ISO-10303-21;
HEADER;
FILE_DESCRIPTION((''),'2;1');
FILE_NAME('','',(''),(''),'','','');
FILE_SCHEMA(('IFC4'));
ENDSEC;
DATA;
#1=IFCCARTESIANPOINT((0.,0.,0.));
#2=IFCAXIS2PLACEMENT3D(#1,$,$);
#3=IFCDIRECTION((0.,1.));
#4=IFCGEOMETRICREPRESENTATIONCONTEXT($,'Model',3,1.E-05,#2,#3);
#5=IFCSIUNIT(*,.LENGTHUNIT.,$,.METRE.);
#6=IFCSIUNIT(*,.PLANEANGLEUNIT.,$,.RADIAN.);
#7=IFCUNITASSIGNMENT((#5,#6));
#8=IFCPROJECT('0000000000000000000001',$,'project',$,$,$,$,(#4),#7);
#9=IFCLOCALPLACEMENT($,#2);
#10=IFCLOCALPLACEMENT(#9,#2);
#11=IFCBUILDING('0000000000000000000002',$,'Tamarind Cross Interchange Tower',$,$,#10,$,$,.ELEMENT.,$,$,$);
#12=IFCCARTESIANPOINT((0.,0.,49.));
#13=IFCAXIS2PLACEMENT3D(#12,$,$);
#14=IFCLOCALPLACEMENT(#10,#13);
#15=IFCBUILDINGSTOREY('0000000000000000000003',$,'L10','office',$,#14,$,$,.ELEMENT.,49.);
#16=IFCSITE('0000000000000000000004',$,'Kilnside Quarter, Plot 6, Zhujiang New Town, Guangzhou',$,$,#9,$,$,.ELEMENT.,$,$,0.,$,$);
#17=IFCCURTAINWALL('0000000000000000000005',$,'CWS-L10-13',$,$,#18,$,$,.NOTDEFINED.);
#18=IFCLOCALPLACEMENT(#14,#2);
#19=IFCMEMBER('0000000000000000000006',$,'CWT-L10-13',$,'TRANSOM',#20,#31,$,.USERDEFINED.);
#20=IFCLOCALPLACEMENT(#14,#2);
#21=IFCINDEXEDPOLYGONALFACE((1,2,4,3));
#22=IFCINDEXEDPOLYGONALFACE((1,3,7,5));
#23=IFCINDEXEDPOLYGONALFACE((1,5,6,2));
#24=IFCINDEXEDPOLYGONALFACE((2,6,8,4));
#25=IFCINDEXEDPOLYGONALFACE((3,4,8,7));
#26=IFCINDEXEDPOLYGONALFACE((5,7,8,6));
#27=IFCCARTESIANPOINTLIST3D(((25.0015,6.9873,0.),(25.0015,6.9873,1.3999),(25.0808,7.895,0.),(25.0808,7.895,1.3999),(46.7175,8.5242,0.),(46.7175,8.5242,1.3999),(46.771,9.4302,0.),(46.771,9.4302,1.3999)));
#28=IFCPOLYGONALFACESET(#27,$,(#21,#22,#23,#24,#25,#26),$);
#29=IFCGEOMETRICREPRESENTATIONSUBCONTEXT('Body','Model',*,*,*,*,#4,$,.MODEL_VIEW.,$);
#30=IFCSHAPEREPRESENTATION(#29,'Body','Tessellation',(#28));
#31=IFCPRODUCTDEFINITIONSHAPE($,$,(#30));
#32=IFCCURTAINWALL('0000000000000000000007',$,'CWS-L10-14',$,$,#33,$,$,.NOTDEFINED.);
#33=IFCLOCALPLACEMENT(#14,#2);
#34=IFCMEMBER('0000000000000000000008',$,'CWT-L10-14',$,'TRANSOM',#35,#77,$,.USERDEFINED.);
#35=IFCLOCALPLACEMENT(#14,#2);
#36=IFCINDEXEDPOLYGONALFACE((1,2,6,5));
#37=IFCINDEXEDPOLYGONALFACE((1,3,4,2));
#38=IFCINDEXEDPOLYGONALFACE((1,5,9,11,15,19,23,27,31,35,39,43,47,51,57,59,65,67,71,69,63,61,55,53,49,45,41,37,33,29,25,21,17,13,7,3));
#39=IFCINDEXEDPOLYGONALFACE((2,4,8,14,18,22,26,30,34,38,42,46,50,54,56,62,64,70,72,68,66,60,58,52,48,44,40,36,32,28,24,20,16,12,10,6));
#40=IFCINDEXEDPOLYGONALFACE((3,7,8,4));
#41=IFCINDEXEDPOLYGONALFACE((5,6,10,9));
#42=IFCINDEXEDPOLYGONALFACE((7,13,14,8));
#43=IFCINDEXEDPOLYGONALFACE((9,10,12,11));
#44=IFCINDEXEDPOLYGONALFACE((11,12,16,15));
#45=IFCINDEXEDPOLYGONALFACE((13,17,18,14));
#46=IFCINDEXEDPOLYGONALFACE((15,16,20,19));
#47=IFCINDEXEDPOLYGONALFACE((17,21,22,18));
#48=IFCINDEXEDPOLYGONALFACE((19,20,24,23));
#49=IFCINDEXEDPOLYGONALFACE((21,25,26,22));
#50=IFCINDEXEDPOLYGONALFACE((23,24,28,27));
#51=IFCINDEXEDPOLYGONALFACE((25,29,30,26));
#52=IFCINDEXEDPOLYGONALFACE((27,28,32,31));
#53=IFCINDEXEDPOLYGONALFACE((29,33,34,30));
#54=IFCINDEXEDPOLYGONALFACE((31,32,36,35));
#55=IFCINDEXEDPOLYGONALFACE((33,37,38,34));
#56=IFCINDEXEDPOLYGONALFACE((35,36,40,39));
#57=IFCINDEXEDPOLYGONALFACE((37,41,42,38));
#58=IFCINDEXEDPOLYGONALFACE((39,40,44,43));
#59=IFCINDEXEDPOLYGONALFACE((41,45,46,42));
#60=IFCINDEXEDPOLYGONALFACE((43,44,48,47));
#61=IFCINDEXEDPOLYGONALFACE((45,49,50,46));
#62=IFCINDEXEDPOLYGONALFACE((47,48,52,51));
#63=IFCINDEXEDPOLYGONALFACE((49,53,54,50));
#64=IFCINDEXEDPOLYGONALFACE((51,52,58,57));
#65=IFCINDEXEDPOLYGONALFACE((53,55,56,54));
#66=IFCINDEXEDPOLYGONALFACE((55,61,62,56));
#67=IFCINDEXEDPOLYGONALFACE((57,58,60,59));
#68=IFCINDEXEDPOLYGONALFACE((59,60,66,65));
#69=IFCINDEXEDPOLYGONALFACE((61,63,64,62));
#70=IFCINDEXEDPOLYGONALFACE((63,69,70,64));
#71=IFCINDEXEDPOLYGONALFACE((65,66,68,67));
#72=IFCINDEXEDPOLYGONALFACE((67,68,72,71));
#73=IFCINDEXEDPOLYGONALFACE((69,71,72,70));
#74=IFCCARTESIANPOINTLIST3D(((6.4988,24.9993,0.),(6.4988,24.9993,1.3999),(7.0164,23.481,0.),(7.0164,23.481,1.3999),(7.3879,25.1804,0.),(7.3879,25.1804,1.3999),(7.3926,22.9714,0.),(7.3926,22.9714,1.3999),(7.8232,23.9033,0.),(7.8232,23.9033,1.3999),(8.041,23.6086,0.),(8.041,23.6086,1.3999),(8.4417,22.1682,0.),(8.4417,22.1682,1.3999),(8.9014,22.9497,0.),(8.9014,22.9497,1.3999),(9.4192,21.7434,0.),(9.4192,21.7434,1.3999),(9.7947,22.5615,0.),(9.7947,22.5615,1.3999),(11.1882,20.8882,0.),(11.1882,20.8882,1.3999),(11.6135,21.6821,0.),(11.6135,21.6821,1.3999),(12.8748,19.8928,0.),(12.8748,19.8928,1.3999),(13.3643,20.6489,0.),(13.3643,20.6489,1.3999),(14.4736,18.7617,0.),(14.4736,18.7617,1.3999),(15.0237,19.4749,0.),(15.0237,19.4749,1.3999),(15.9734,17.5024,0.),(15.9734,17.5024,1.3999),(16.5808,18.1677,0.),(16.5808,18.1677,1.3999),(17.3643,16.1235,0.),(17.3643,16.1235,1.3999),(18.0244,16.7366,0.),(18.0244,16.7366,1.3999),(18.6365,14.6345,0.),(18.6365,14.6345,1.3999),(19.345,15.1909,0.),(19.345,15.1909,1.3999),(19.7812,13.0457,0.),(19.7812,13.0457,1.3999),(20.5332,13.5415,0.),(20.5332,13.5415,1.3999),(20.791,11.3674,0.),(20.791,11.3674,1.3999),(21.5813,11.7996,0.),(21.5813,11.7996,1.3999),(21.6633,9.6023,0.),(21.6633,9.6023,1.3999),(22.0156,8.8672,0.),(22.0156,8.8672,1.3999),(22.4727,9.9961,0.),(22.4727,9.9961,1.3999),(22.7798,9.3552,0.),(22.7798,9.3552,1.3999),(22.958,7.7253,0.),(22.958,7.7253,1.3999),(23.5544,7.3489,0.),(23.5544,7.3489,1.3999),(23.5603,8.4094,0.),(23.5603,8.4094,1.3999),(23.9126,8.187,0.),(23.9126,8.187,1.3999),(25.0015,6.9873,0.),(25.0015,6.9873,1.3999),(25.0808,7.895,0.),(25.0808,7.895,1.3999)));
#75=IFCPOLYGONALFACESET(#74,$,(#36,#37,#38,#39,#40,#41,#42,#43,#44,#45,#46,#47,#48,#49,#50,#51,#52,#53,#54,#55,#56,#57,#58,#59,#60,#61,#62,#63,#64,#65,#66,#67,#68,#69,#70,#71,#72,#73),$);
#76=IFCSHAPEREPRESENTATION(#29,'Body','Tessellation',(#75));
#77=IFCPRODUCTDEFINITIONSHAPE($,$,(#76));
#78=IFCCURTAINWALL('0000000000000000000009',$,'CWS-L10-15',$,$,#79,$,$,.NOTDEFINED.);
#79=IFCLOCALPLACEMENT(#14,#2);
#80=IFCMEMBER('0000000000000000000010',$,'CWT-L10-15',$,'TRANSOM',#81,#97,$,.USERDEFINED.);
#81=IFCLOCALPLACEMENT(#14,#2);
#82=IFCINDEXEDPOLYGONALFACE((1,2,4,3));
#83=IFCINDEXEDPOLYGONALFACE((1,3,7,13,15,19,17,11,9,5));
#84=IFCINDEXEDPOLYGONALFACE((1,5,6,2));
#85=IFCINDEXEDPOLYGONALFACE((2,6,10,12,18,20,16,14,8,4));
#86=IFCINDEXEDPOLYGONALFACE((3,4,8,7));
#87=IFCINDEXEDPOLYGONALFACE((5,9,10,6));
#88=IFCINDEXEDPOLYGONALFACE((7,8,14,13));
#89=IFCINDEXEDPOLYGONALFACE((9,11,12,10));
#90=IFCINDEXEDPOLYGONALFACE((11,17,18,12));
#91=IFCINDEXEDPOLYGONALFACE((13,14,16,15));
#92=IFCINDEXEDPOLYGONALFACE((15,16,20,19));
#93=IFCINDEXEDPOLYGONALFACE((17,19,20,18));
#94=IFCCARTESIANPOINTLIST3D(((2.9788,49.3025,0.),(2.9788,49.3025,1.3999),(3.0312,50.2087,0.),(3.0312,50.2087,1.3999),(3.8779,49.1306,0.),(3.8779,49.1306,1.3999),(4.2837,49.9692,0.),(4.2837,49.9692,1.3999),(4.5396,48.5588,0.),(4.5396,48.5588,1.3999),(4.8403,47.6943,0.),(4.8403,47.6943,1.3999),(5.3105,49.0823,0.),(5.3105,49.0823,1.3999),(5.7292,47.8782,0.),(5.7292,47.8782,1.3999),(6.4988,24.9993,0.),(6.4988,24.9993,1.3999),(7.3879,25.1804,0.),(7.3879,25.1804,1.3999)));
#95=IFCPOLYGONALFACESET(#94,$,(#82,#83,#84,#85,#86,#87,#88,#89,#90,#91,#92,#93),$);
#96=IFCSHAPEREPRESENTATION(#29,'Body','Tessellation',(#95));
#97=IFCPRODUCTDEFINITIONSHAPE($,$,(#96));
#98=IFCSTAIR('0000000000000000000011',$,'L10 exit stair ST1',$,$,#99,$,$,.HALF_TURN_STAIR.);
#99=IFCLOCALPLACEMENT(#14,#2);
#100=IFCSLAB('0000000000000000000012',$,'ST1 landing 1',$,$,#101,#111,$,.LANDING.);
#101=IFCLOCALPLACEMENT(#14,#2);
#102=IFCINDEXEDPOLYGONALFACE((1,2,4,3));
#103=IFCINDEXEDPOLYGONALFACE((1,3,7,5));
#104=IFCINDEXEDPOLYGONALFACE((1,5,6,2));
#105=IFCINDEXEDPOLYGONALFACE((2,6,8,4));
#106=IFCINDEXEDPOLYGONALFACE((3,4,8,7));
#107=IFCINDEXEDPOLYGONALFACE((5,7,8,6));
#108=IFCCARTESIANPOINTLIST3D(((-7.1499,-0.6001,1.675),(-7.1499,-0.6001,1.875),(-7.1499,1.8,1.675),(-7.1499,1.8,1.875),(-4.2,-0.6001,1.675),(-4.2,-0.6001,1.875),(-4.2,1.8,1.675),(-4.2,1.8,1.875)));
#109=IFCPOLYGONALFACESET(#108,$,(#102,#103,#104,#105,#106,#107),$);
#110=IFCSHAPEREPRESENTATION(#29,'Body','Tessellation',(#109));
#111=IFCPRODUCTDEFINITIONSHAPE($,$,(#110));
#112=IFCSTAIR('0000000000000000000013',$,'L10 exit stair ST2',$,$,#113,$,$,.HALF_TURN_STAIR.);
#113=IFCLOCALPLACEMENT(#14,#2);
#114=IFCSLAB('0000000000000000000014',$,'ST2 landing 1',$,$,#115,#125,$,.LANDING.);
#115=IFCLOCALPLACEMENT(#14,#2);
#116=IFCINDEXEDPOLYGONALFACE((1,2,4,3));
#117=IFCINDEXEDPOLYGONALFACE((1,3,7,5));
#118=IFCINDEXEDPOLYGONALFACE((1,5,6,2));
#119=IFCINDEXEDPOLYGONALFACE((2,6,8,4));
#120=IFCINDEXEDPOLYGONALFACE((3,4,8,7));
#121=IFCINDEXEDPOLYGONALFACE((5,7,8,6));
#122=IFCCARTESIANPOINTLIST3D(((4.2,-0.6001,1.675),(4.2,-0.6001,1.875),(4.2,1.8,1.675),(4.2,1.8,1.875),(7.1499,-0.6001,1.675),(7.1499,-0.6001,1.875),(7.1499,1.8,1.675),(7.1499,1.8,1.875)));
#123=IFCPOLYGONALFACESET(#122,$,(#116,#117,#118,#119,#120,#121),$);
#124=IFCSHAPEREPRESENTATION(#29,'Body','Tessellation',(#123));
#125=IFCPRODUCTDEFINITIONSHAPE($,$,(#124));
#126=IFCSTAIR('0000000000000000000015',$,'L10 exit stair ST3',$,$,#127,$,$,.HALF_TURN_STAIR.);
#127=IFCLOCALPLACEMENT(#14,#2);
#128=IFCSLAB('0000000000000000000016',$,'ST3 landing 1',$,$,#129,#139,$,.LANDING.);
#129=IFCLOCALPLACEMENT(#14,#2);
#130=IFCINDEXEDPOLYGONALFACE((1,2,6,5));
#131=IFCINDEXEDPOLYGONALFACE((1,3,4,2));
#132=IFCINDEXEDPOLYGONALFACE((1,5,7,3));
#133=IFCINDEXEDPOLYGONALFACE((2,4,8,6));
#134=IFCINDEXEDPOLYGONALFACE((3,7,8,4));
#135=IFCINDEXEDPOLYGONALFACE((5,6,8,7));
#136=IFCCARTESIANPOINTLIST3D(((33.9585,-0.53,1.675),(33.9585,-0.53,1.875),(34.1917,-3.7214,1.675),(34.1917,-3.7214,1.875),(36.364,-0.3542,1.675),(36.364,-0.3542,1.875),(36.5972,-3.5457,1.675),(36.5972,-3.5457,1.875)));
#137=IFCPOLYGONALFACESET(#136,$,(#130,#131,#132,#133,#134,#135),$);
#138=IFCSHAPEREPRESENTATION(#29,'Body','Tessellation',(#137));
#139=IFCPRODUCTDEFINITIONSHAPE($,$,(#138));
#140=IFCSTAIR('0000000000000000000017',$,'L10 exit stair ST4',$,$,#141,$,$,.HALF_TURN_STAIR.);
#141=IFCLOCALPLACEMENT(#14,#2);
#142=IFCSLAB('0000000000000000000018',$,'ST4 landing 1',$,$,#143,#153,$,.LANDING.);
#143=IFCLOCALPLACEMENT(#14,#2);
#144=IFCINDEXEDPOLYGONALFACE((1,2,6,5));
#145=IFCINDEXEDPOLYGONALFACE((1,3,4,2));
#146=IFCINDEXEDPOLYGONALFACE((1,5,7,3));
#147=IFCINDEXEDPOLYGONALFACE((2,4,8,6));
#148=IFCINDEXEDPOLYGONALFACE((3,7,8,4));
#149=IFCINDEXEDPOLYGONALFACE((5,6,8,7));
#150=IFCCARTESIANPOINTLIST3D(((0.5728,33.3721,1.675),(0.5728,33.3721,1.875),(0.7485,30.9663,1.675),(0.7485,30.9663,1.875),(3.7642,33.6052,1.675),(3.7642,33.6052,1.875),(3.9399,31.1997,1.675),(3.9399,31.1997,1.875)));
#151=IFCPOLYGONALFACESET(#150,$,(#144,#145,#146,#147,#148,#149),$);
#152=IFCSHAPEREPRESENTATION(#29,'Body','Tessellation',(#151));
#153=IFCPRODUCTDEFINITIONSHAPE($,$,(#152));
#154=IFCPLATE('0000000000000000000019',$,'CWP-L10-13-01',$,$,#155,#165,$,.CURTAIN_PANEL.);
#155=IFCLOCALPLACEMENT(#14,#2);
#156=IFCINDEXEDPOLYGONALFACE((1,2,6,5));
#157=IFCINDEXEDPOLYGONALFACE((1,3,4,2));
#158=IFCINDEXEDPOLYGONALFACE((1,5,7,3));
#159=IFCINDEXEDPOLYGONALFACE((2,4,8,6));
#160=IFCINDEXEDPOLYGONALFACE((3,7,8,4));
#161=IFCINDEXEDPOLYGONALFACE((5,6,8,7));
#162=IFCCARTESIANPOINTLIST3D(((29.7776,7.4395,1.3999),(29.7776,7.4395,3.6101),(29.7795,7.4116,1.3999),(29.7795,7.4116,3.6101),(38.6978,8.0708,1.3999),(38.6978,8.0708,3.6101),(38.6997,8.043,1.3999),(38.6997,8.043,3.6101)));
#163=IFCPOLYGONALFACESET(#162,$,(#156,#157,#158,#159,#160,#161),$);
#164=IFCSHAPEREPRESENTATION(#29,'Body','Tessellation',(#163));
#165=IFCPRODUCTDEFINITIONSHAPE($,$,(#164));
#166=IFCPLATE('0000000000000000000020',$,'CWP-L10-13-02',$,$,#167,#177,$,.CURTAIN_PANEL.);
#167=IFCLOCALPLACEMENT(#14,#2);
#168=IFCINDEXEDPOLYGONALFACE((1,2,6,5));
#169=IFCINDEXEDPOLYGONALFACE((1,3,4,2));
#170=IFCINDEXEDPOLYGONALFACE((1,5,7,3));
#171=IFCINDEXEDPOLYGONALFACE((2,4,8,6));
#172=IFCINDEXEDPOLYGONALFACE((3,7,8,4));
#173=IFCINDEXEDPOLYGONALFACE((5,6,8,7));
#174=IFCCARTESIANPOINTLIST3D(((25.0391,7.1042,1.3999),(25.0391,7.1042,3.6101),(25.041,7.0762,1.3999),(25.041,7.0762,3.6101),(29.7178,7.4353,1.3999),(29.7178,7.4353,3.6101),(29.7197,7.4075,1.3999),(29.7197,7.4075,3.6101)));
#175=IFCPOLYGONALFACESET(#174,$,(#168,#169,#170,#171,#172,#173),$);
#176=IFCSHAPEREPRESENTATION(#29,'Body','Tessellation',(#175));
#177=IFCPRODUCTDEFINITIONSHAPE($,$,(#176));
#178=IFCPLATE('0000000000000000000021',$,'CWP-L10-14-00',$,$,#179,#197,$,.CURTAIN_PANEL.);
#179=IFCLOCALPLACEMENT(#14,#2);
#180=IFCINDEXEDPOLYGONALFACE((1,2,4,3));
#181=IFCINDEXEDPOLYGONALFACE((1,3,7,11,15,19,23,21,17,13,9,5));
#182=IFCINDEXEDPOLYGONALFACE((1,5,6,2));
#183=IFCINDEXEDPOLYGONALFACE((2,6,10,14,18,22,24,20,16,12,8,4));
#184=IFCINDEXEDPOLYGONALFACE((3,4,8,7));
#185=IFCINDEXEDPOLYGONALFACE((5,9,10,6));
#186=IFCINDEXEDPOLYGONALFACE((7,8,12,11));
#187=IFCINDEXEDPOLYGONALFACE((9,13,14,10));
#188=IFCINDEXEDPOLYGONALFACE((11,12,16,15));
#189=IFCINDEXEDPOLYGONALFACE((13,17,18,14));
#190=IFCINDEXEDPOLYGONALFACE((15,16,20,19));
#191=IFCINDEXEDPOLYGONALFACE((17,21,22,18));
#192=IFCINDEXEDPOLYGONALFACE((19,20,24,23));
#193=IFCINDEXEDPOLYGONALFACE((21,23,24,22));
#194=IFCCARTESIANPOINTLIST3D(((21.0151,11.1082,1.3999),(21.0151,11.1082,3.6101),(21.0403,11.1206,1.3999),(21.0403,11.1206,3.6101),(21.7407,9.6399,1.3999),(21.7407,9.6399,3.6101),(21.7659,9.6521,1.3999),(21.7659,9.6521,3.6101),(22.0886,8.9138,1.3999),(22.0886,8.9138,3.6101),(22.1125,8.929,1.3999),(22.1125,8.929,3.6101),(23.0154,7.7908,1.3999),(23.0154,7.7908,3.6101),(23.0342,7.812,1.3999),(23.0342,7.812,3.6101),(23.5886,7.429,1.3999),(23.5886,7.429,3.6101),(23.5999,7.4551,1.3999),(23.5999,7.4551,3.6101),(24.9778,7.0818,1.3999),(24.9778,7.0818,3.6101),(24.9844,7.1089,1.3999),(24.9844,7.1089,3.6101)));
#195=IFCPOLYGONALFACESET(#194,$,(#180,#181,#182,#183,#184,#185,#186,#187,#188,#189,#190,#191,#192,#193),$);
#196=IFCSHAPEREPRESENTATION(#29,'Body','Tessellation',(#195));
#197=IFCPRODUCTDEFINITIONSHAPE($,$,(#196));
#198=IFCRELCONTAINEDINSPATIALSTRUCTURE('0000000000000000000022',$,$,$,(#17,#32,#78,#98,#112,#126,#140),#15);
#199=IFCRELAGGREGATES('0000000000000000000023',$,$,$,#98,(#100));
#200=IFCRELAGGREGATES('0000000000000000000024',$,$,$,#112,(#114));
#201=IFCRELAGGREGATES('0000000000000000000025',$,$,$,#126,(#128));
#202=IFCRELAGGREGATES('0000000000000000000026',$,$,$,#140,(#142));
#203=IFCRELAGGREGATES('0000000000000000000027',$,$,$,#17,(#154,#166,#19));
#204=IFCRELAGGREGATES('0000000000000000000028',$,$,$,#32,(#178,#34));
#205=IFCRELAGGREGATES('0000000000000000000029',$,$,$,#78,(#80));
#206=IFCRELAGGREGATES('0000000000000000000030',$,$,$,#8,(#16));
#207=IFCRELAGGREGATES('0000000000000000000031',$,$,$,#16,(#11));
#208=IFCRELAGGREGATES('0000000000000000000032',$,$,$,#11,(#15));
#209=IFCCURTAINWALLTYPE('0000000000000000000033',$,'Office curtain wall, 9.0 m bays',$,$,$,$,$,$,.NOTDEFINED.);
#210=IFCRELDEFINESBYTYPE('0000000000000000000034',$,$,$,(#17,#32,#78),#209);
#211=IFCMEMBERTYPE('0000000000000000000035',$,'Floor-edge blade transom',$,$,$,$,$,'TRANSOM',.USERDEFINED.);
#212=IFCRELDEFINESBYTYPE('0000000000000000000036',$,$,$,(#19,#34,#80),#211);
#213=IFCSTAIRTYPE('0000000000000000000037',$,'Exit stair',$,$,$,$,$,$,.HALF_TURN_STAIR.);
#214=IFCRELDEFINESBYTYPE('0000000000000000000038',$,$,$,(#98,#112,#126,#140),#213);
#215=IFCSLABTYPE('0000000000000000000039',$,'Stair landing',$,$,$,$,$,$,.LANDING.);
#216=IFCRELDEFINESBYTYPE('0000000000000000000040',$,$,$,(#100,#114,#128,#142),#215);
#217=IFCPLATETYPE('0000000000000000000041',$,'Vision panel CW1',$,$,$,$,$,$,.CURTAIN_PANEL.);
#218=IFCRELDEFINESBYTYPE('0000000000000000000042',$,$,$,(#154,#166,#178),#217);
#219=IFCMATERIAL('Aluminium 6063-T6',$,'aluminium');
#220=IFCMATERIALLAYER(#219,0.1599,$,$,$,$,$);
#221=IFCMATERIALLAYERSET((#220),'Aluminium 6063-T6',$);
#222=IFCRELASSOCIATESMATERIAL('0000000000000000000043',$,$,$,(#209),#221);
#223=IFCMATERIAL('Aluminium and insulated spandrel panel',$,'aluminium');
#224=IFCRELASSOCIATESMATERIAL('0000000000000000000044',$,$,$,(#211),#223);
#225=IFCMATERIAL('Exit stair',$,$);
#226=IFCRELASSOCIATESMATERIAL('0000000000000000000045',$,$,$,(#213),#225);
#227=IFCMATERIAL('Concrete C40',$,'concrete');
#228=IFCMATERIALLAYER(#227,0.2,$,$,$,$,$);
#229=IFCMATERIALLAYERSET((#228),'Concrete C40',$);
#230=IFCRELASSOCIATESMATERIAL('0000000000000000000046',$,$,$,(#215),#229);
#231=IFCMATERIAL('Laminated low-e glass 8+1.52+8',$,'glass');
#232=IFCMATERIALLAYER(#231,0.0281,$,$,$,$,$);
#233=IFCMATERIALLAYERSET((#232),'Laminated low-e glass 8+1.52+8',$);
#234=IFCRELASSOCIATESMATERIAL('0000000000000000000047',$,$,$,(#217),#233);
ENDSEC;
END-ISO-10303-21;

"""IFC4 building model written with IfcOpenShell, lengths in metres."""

from ifc_helpers import new_model, si_unit, direction, frame, origin, place, context, subcontext, project, spatial, polyline, outline, extrude, material, layer, layer_set, type_object, element, aggregate, save


model = new_model("IFC4")

# Units and contexts
model_context = context("Model", 3, precision=1e-05, world=origin(), true_north=direction((0.0, 1.0)))
body_context = subcontext(model_context, "Body", "Model", "MODEL_VIEW")
ifc_project = project(units=[si_unit("LENGTHUNIT", "METRE"), si_unit("PLANEANGLEUNIT", "RADIAN")], contexts=[model_context])

# Site, building, storey
site_placement = place(None, origin())
site = spatial("IfcSite", under=ifc_project, at=site_placement, Name="Kilnside Quarter, Plot 6, Zhujiang New Town, Guangzhou", CompositionType="ELEMENT", RefElevation=0.0)
building_placement = place(site_placement, origin())
building = spatial("IfcBuilding", under=site, at=building_placement, Name="Tamarind Cross Interchange Tower", CompositionType="ELEMENT")
storey_placement = place(building_placement, frame((0.0, 0.0, 49.0)))
storey = spatial("IfcBuildingStorey", under=building, at=storey_placement, Name="L10", Description="office", CompositionType="ELEMENT", Elevation=49.0)

# Curtain walls, members
ifc_material_1 = material(Name="Aluminium 6063-T6", Category="aluminium")
ifc_layer_1 = layer(ifc_material_1, 0.1599)
ifc_layer_set_1 = layer_set([ifc_layer_1], Name="Aluminium 6063-T6")
curtain_wall_type = type_object("IfcCurtainWallType", Name="Office curtain wall, 9.0 m bays", PredefinedType="NOTDEFINED", material=ifc_layer_set_1)
curtain_wall_1_placement = place(storey_placement, origin())
curtain_wall_1 = element("IfcCurtainWall", 1, at=curtain_wall_1_placement, inside=storey, type_object=curtain_wall_type, Name="CWS-L10-13", PredefinedType="NOTDEFINED")
ifc_material_2 = material(Name="Aluminium and insulated spandrel panel", Category="aluminium")
member_type = type_object("IfcMemberType", Name="Floor-edge blade transom", ElementType="TRANSOM", PredefinedType="USERDEFINED", material=ifc_material_2)
member_1_placement = place(storey_placement, origin())
member_1 = element("IfcMember", 2, at=member_1_placement, type_object=member_type, Name="CWT-L10-13", ObjectType="TRANSOM", PredefinedType="USERDEFINED", context=body_context, shape_type="SweptSolid", body=[
    extrude(outline(polyline([(46.7175, 8.5242), (25.0015, 6.9873), (25.0808, 7.895), (46.771, 9.4302), (46.7175, 8.5242)])), origin(), (0.0, 0.0, 1.0), 1.3999),
])
curtain_wall_2_placement = place(storey_placement, origin())
curtain_wall_2 = element("IfcCurtainWall", 3, at=curtain_wall_2_placement, inside=storey, type_object=curtain_wall_type, Name="CWS-L10-14", PredefinedType="NOTDEFINED")
member_2_placement = place(storey_placement, origin())
member_2 = element("IfcMember", 4, at=member_2_placement, type_object=member_type, Name="CWT-L10-14", ObjectType="TRANSOM", PredefinedType="USERDEFINED", context=body_context, shape_type="SweptSolid", body=[
    extrude(outline(polyline([(25.0015, 6.9873), (23.5544, 7.3489), (22.958, 7.7253), (22.0156, 8.8672), (21.6633, 9.6023), (20.791, 11.3674), (19.7812, 13.0457), (18.6365, 14.6345), (17.3643, 16.1235), (15.9734, 17.5024), (14.4736, 18.7617), (12.8748, 19.8928), (11.1882, 20.8882), (9.4192, 21.7434), (8.4417, 22.1682), (7.3926, 22.9714), (7.0164, 23.481), (6.4988, 24.9993), (7.3879, 25.1804), (7.8232, 23.9033), (8.041, 23.6086), (8.9014, 22.9497), (9.7947, 22.5615), (11.6135, 21.6821), (13.3643, 20.6489), (15.0237, 19.4749), (16.5808, 18.1677), (18.0244, 16.7366), (19.345, 15.1909), (20.5332, 13.5415), (21.5813, 11.7996), (22.4727, 9.9961), (22.7798, 9.3552), (23.5603, 8.4094), (23.9126, 8.187), (25.0808, 7.895), (25.0015, 6.9873)])), origin(), (0.0, 0.0, 1.0), 1.3999),
])
curtain_wall_3_placement = place(storey_placement, origin())
curtain_wall_3 = element("IfcCurtainWall", 5, at=curtain_wall_3_placement, inside=storey, type_object=curtain_wall_type, Name="CWS-L10-15", PredefinedType="NOTDEFINED")
member_3_placement = place(storey_placement, origin())
member_3 = element("IfcMember", 6, at=member_3_placement, type_object=member_type, Name="CWT-L10-15", ObjectType="TRANSOM", PredefinedType="USERDEFINED", context=body_context, shape_type="SweptSolid", body=[
    extrude(outline(polyline([(6.4988, 24.9993), (4.8403, 47.6943), (4.5396, 48.5588), (3.8779, 49.1306), (2.9788, 49.3025), (3.0312, 50.2087), (4.2837, 49.9692), (5.3105, 49.0823), (5.7292, 47.8782), (7.3879, 25.1804), (6.4988, 24.9993)])), origin(), (0.0, 0.0, 1.0), 1.3999),
])

# Stairs, slabs
ifc_material_3 = material(Name="Exit stair")
stair_type = type_object("IfcStairType", Name="Exit stair", PredefinedType="HALF_TURN_STAIR", material=ifc_material_3)
stair_1_placement = place(storey_placement, origin())
stair_1 = element("IfcStair", 7, at=stair_1_placement, inside=storey, type_object=stair_type, Name="L10 exit stair ST1", PredefinedType="HALF_TURN_STAIR")
ifc_material_4 = material(Name="Concrete C40", Category="concrete")
ifc_layer_2 = layer(ifc_material_4, 0.2)
ifc_layer_set_2 = layer_set([ifc_layer_2], Name="Concrete C40")
slab_type = type_object("IfcSlabType", Name="Stair landing", PredefinedType="LANDING", material=ifc_layer_set_2)
slab_1_placement = place(storey_placement, frame((0.0, 0.0, 1.675)))
slab_1 = element("IfcSlab", 8, at=slab_1_placement, type_object=slab_type, Name="ST1 landing 1", PredefinedType="LANDING", context=body_context, shape_type="SweptSolid", body=[
    extrude(outline(polyline([(-4.2, -0.6001), (-4.2, 1.8), (-7.1499, 1.8), (-7.1499, -0.6001), (-4.2, -0.6001)])), origin(), (0.0, 0.0, 1.0), 0.2),
])
aggregate(stair_1, [slab_1])
stair_2_placement = place(storey_placement, origin())
stair_2 = element("IfcStair", 9, at=stair_2_placement, inside=storey, type_object=stair_type, Name="L10 exit stair ST2", PredefinedType="HALF_TURN_STAIR")
slab_2_placement = place(storey_placement, frame((0.0, 0.0, 1.675)))
slab_2 = element("IfcSlab", 10, at=slab_2_placement, type_object=slab_type, Name="ST2 landing 1", PredefinedType="LANDING", context=body_context, shape_type="SweptSolid", body=[
    extrude(outline(polyline([(7.1499, -0.6001), (7.1499, 1.8), (4.2, 1.8), (4.2, -0.6001), (7.1499, -0.6001)])), origin(), (0.0, 0.0, 1.0), 0.2),
])
aggregate(stair_2, [slab_2])
stair_3_placement = place(storey_placement, origin())
stair_3 = element("IfcStair", 11, at=stair_3_placement, inside=storey, type_object=stair_type, Name="L10 exit stair ST3", PredefinedType="HALF_TURN_STAIR")
slab_3_placement = place(storey_placement, frame((0.0, 0.0, 1.675)))
slab_3 = element("IfcSlab", 12, at=slab_3_placement, type_object=slab_type, Name="ST3 landing 1", PredefinedType="LANDING", context=body_context, shape_type="SweptSolid", body=[
    extrude(outline(polyline([(34.1917, -3.7214), (36.5972, -3.5457), (36.364, -0.3542), (33.9585, -0.53), (34.1917, -3.7214)])), origin(), (0.0, 0.0, 1.0), 0.2),
])
aggregate(stair_3, [slab_3])
stair_4_placement = place(storey_placement, origin())
stair_4 = element("IfcStair", 13, at=stair_4_placement, inside=storey, type_object=stair_type, Name="L10 exit stair ST4", PredefinedType="HALF_TURN_STAIR")
slab_4_placement = place(storey_placement, frame((0.0, 0.0, 1.675)))
slab_4 = element("IfcSlab", 14, at=slab_4_placement, type_object=slab_type, Name="ST4 landing 1", PredefinedType="LANDING", context=body_context, shape_type="SweptSolid", body=[
    extrude(outline(polyline([(3.9399, 31.1997), (3.7642, 33.6052), (0.5728, 33.3721), (0.7485, 30.9663), (3.9399, 31.1997)])), origin(), (0.0, 0.0, 1.0), 0.2),
])
aggregate(stair_4, [slab_4])

# Plates
ifc_material_5 = material(Name="Laminated low-e glass 8+1.52+8", Category="glass")
ifc_layer_3 = layer(ifc_material_5, 0.0281)
ifc_layer_set_3 = layer_set([ifc_layer_3], Name="Laminated low-e glass 8+1.52+8")
plate_type = type_object("IfcPlateType", Name="Vision panel CW1", PredefinedType="CURTAIN_PANEL", material=ifc_layer_set_3)
plate_1_placement = place(storey_placement, frame((0.0, 0.0, 1.3999)))
plate_1 = element("IfcPlate", 15, at=plate_1_placement, type_object=plate_type, Name="CWP-L10-13-01", PredefinedType="CURTAIN_PANEL", context=body_context, shape_type="SweptSolid", body=[
    extrude(outline(polyline([(38.6997, 8.043), (29.7795, 7.4116), (29.7776, 7.4395), (38.6978, 8.0708), (38.6997, 8.043)])), origin(), (0.0, 0.0, 1.0), 2.2102),
])
plate_2_placement = place(storey_placement, frame((0.0, 0.0, 1.3999)))
plate_2 = element("IfcPlate", 16, at=plate_2_placement, type_object=plate_type, Name="CWP-L10-13-02", PredefinedType="CURTAIN_PANEL", context=body_context, shape_type="SweptSolid", body=[
    extrude(outline(polyline([(29.7197, 7.4075), (25.041, 7.0762), (25.0391, 7.1042), (29.7178, 7.4353), (29.7197, 7.4075)])), origin(), (0.0, 0.0, 1.0), 2.2102),
])
aggregate(curtain_wall_1, [plate_1, plate_2, member_1])
plate_3_placement = place(storey_placement, frame((0.0, 0.0, 1.3999)))
plate_3 = element("IfcPlate", 17, at=plate_3_placement, type_object=plate_type, Name="CWP-L10-14-00", PredefinedType="CURTAIN_PANEL", context=body_context, shape_type="SweptSolid", body=[
    extrude(outline(polyline([(24.9778, 7.0818), (23.5886, 7.429), (23.0154, 7.7908), (22.0886, 8.9138), (21.7407, 9.6399), (21.0151, 11.1082), (21.0403, 11.1206), (21.7659, 9.6521), (22.1125, 8.929), (23.0342, 7.812), (23.5999, 7.4551), (24.9844, 7.1089), (24.9778, 7.0818)])), origin(), (0.0, 0.0, 1.0), 2.2102),
])
aggregate(curtain_wall_2, [plate_3, member_2])
aggregate(curtain_wall_3, [member_3])

save(model, "model.ifc")
